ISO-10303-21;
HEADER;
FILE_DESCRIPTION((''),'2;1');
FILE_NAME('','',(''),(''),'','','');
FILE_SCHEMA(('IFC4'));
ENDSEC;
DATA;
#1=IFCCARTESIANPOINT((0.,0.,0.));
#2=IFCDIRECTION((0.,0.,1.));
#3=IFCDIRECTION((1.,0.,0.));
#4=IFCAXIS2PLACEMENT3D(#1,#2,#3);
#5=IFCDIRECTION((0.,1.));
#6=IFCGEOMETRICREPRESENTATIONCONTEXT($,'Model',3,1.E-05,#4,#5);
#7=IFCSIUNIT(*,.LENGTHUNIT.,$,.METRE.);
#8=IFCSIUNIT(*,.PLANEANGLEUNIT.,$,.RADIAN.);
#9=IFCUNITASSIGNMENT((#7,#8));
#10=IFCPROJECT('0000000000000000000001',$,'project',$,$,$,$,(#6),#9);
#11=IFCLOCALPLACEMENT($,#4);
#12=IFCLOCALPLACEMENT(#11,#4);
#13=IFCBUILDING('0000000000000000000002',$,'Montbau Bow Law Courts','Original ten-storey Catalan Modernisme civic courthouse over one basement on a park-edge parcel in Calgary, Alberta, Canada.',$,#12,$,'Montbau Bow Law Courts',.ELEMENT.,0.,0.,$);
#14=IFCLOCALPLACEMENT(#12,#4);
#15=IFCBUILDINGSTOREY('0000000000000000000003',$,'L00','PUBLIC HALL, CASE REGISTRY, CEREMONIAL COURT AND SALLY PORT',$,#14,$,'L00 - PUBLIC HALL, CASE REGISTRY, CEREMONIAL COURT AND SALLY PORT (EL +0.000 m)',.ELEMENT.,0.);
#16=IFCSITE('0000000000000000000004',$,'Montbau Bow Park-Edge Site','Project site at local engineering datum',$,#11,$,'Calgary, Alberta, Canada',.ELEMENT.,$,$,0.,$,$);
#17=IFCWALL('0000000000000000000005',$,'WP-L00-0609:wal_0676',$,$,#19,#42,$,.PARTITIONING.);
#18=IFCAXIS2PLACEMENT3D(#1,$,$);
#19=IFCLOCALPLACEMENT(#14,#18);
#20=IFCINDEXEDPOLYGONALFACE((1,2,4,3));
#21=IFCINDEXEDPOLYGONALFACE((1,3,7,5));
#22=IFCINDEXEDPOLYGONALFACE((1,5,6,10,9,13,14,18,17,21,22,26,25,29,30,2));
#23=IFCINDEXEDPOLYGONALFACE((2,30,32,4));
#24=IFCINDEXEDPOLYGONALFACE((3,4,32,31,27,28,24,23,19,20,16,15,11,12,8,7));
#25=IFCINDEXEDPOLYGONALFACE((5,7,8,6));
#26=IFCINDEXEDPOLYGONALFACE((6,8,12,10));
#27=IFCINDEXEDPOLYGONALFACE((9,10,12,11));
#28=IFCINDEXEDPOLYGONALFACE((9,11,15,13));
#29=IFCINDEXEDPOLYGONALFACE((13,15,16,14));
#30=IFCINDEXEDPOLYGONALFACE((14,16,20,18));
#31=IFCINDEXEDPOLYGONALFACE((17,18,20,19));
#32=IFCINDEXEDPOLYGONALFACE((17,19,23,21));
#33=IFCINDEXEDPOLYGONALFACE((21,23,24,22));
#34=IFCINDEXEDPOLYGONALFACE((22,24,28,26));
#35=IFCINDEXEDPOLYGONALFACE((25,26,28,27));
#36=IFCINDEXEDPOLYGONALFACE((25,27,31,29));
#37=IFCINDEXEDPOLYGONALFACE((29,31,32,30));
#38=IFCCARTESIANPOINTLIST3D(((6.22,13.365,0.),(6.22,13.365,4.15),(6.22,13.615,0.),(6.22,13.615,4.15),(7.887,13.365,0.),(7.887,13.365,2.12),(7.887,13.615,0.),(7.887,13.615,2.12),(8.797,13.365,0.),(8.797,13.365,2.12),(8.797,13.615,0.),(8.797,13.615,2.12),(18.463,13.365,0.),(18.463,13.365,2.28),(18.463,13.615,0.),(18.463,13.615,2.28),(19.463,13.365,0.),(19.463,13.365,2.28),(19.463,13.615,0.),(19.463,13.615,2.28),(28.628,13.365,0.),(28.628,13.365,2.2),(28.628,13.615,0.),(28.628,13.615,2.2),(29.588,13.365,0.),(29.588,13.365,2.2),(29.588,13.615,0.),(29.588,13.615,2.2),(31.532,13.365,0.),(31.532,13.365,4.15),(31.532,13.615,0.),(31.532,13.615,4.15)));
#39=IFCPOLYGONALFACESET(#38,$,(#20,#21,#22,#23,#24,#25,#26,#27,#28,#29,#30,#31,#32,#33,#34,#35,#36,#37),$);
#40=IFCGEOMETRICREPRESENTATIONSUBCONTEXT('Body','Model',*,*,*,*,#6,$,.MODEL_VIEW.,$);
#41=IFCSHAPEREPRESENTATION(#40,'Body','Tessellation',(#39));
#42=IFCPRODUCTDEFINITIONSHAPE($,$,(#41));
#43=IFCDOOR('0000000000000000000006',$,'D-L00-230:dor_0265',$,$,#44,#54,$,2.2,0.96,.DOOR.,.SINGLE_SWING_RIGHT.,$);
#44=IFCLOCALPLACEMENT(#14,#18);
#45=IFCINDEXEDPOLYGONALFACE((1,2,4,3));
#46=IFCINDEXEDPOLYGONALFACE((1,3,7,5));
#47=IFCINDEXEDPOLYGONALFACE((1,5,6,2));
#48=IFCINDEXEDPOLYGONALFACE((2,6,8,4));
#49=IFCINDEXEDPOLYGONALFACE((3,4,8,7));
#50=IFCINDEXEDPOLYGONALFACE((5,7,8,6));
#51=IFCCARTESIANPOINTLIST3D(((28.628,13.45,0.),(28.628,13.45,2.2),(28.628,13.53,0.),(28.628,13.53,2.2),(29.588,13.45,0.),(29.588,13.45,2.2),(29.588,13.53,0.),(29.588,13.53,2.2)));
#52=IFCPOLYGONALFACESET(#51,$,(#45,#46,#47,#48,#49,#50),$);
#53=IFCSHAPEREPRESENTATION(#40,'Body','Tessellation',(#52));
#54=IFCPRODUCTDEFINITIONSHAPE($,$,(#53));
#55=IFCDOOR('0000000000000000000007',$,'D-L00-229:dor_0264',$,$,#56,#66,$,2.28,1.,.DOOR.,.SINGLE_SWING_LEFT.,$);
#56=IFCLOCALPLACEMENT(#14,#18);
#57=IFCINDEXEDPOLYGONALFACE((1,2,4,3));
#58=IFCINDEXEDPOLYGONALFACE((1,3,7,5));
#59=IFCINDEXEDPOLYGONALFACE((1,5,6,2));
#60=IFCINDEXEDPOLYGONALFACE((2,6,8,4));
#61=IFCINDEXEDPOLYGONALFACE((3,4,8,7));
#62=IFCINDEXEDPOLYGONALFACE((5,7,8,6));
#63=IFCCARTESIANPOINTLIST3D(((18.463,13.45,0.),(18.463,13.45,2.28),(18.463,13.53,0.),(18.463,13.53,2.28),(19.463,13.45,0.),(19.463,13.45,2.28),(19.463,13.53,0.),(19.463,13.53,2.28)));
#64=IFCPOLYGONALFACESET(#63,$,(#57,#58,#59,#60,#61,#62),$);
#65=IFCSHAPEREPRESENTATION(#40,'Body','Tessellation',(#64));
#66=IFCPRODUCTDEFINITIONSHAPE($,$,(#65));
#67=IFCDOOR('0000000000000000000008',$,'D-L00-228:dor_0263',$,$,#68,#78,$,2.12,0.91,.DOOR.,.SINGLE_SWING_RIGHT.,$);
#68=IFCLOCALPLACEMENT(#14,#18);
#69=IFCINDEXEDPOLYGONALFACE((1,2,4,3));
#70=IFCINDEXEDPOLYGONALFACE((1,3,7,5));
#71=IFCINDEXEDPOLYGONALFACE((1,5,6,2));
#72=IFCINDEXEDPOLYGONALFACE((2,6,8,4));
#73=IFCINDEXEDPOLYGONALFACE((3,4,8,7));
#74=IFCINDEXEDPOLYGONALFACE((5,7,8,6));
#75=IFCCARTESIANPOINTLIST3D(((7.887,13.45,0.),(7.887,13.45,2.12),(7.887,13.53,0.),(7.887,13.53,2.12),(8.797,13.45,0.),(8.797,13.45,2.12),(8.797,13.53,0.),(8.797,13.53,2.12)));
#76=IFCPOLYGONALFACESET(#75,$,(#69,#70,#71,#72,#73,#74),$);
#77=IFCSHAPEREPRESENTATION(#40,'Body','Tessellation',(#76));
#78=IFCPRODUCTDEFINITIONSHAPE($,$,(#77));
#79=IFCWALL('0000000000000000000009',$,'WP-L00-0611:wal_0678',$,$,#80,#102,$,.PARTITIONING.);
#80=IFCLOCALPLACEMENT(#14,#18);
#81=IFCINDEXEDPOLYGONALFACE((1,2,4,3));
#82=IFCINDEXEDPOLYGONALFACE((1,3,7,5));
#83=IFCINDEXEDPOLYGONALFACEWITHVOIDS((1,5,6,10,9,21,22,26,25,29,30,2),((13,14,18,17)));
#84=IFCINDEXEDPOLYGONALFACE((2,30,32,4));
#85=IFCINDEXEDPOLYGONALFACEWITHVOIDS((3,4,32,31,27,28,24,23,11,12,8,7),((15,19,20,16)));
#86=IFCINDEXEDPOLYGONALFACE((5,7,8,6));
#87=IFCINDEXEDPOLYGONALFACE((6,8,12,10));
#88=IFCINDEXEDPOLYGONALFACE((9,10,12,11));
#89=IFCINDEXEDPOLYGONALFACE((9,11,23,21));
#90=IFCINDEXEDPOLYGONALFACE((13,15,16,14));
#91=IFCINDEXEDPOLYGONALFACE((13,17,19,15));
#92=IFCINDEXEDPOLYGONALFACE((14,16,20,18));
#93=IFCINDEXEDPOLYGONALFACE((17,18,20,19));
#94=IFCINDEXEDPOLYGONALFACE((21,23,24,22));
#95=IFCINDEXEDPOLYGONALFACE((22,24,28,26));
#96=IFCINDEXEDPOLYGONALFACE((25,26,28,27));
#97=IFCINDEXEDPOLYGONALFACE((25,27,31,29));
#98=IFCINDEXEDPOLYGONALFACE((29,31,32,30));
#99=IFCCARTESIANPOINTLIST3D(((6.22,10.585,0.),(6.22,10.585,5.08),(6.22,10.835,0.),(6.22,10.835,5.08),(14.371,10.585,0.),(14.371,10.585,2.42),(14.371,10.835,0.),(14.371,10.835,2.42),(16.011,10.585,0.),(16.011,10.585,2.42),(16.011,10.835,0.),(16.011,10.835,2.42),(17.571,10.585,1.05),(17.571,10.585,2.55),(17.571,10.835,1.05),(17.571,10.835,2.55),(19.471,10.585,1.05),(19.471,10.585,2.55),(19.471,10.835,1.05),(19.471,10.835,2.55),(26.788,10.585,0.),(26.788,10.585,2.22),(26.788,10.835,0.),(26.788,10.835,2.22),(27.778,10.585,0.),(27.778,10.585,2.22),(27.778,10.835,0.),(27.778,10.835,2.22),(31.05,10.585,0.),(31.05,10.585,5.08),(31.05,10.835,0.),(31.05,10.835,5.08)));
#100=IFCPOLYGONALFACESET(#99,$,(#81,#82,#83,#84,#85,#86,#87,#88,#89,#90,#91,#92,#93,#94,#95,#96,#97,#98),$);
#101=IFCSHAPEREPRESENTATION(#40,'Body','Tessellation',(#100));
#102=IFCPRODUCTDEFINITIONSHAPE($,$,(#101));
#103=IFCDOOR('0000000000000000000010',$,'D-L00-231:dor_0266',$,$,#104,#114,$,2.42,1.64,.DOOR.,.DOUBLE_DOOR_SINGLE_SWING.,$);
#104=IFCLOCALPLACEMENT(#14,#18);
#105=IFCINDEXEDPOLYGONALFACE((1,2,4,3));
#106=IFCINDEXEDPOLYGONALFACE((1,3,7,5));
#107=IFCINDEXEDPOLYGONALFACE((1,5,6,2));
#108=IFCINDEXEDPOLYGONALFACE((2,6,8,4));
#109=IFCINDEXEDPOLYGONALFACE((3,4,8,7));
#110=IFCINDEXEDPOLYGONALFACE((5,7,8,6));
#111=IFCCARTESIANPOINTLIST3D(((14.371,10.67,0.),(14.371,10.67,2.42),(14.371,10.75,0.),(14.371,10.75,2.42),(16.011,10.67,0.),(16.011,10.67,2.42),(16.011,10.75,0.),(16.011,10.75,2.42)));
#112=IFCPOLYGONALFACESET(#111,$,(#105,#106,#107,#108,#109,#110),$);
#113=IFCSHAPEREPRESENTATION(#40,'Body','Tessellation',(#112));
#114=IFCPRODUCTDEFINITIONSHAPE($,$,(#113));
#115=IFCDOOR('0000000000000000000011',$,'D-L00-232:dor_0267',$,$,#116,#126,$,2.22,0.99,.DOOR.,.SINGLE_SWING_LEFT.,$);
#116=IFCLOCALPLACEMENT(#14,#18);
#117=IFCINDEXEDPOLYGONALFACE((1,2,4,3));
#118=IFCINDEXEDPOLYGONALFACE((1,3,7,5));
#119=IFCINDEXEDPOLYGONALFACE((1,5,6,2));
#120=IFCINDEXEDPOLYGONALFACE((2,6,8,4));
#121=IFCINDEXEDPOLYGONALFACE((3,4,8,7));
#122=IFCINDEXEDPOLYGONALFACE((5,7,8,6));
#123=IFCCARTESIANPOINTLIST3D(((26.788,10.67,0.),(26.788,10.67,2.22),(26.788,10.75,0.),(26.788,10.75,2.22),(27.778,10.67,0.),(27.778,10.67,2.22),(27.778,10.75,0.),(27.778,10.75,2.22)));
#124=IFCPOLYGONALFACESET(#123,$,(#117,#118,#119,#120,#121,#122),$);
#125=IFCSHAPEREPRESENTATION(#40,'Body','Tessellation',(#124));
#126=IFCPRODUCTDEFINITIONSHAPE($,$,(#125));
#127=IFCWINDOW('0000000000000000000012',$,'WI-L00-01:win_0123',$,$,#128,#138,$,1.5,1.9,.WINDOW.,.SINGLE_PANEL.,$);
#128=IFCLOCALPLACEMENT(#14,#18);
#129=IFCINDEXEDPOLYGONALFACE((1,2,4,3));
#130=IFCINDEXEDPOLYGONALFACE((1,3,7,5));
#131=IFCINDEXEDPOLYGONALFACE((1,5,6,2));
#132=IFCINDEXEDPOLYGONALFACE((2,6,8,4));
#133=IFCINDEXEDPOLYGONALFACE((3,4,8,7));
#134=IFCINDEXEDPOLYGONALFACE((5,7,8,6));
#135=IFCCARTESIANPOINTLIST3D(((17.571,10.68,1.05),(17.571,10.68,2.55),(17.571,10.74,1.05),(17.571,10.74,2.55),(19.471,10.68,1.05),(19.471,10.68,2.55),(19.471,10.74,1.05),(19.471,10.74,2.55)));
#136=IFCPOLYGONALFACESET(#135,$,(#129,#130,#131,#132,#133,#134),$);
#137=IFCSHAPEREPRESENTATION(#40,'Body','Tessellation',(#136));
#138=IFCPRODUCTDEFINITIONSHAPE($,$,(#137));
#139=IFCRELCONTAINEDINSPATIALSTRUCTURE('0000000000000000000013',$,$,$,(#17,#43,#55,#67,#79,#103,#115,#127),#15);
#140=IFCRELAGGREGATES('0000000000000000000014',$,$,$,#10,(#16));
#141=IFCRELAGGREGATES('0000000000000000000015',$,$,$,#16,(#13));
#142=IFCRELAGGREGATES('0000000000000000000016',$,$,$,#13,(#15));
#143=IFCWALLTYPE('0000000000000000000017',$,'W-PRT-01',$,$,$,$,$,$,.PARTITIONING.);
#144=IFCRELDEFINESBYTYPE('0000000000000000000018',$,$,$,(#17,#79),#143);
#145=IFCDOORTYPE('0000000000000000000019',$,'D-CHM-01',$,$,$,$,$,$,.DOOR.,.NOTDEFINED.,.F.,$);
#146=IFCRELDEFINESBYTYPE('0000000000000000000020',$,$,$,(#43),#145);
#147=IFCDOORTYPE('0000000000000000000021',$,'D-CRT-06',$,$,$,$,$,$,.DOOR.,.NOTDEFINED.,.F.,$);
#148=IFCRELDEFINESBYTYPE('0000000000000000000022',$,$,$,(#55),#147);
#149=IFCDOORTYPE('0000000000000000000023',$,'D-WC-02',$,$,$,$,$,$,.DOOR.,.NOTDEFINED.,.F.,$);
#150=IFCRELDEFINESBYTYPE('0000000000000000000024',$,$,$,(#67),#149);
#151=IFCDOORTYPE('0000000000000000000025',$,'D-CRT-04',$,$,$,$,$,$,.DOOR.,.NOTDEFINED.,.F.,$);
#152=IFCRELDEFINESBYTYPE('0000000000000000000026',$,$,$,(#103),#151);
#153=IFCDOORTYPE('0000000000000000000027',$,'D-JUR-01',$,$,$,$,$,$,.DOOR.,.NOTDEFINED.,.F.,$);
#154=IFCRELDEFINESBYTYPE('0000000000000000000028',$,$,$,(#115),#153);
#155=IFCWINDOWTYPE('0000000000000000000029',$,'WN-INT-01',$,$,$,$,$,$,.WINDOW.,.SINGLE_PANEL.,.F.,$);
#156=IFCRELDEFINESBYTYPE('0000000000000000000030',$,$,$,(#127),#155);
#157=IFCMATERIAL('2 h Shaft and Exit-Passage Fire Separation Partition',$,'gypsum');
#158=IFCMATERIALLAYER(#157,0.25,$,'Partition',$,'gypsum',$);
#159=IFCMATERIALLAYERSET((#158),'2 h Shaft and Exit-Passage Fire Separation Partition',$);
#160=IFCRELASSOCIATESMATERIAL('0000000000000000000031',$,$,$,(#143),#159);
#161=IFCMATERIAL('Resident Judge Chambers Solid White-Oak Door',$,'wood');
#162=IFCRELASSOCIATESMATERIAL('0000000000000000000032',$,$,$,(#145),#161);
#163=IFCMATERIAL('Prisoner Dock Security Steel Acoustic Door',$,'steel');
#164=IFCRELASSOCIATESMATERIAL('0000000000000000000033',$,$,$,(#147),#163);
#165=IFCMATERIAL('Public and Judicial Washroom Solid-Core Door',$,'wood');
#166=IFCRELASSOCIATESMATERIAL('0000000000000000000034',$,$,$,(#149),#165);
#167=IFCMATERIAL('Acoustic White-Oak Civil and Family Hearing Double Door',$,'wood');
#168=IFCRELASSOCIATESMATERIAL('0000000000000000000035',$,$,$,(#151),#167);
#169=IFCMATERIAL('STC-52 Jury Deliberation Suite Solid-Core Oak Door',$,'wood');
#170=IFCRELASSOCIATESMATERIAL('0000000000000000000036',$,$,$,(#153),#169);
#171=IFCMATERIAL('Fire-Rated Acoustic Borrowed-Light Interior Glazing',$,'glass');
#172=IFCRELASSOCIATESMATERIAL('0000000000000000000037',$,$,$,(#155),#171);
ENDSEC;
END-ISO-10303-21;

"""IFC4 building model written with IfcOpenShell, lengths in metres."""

from ifc_helpers import new_model, si_unit, direction, frame, frame_2d, origin_with_axes, place, context, subcontext, project, spatial, rectangle, extrude, material, layer, layer_set, type_object, element, fill, save


model = new_model("IFC4")

# Units and contexts
model_context = context("Model", 3, precision=1e-05, world=origin_with_axes(), true_north=direction((0.0, 1.0)))
body_context = subcontext(model_context, "Body", "Model", "MODEL_VIEW")
ifc_project = project(units=[si_unit("LENGTHUNIT", "METRE"), si_unit("PLANEANGLEUNIT", "RADIAN")], contexts=[model_context])

# Site, building, storey
site_placement = place(None, origin_with_axes())
site = spatial("IfcSite", under=ifc_project, at=site_placement, Name="Montbau Bow Park-Edge Site", Description="Project site at local engineering datum", LongName="Calgary, Alberta, Canada", CompositionType="ELEMENT", RefElevation=0.0)
building_placement = place(site_placement, origin_with_axes())
building = spatial("IfcBuilding", under=site, at=building_placement, Name="Montbau Bow Law Courts", Description="Original ten-storey Catalan Modernisme civic courthouse over one basement on a park-edge parcel in Calgary, Alberta, Canada.", LongName="Montbau Bow Law Courts", CompositionType="ELEMENT", ElevationOfRefHeight=0.0, ElevationOfTerrain=0.0)
storey_placement = place(building_placement, origin_with_axes())
storey = spatial("IfcBuildingStorey", under=building, at=storey_placement, Name="L00", Description="PUBLIC HALL, CASE REGISTRY, CEREMONIAL COURT AND SALLY PORT", LongName="L00 - PUBLIC HALL, CASE REGISTRY, CEREMONIAL COURT AND SALLY PORT (EL +0.000 m)", CompositionType="ELEMENT", Elevation=0.0)

# Wall, openings, doors
ifc_material_1 = material(Name="2 h Shaft and Exit-Passage Fire Separation Partition", Category="gypsum")
ifc_layer_1 = layer(ifc_material_1, 0.25, Name="Partition", Category="gypsum")
ifc_layer_set_1 = layer_set([ifc_layer_1], Name="2 h Shaft and Exit-Passage Fire Separation Partition")
wall_type_1 = type_object("IfcWallType", Name="W-PRT-01", PredefinedType="PARTITIONING", material=ifc_layer_set_1)
wall_1_placement = place(None, frame((6.22, 13.49, 0.0), z_axis=(0.0, 0.0, 1.0), x_axis=(1.0, 0.0, 0.0)))
wall_1 = element("IfcWall", 1, at=wall_1_placement, inside=storey, type_object=wall_type_1, Name="WP-L00-0609:wal_0676", PredefinedType="PARTITIONING", context=body_context, shape_type="SweptSolid", body=[
    extrude(rectangle(XDim=25.312, YDim=0.25, at=frame_2d((12.656, 0.0), x_axis=(1.0, 0.0))), origin_with_axes(), (0.0, 0.0, 1.0), 4.15),
])
opening_1_placement = place(None, frame((8.342, 13.49, 0.0), z_axis=(0.0, 0.0, 1.0), x_axis=(1.0, 0.0, 0.0)))
opening_1 = element("IfcOpeningElement", 2, at=opening_1_placement, cuts=wall_1, PredefinedType="OPENING", context=body_context, shape_type="SweptSolid", body=[
    extrude(rectangle(XDim=0.91, YDim=2.12, at=frame_2d((0.0, 1.06), x_axis=(1.0, 0.0))), frame((0.0, 0.135, 0.0), z_axis=(0.0, -1.0, 0.0), x_axis=(1.0, 0.0, 0.0)), (0.0, 0.0, 1.0), 0.27),
])
opening_2_placement = place(None, frame((18.963, 13.49, 0.0), z_axis=(0.0, 0.0, 1.0), x_axis=(1.0, 0.0, 0.0)))
opening_2 = element("IfcOpeningElement", 3, at=opening_2_placement, cuts=wall_1, PredefinedType="OPENING", context=body_context, shape_type="SweptSolid", body=[
    extrude(rectangle(XDim=1.0, YDim=2.28, at=frame_2d((0.0, 1.14), x_axis=(1.0, 0.0))), frame((0.0, 0.135, 0.0), z_axis=(0.0, -1.0, 0.0), x_axis=(1.0, 0.0, 0.0)), (0.0, 0.0, 1.0), 0.27),
])
opening_3_placement = place(None, frame((29.108, 13.49, 0.0), z_axis=(0.0, 0.0, 1.0), x_axis=(1.0, 0.0, 0.0)))
opening_3 = element("IfcOpeningElement", 4, at=opening_3_placement, cuts=wall_1, PredefinedType="OPENING", context=body_context, shape_type="SweptSolid", body=[
    extrude(rectangle(XDim=0.96, YDim=2.2, at=frame_2d((0.0, 1.1), x_axis=(1.0, 0.0))), frame((0.0, 0.135, 0.0), z_axis=(0.0, -1.0, 0.0), x_axis=(1.0, 0.0, 0.0)), (0.0, 0.0, 1.0), 0.27),
])
ifc_material_2 = material(Name="Resident Judge Chambers Solid White-Oak Door", Category="wood")
door_type_1 = type_object("IfcDoorType", Name="D-CHM-01", OperationType="NOTDEFINED", ParameterTakesPrecedence=False, PredefinedType="DOOR", material=ifc_material_2)
door_1_placement = place(None, frame((29.108, 13.49, 0.0), z_axis=(0.0, 0.0, 1.0), x_axis=(-1.0, 0.0, 0.0)))
door_1 = element("IfcDoor", 5, at=door_1_placement, inside=storey, type_object=door_type_1, Name="D-L00-230:dor_0265", OperationType="SINGLE_SWING_RIGHT", OverallHeight=2.2, OverallWidth=0.96, PredefinedType="DOOR", context=body_context, shape_type="SweptSolid", body=[
    extrude(rectangle(XDim=0.96, YDim=2.2, at=frame_2d((0.0, 1.1), x_axis=(1.0, 0.0))), frame((0.0, 0.04, 0.0), z_axis=(0.0, -1.0, 0.0), x_axis=(1.0, 0.0, 0.0)), (0.0, 0.0, 1.0), 0.08),
])
fill(opening_3, door_1)
ifc_material_3 = material(Name="Prisoner Dock Security Steel Acoustic Door", Category="steel")
door_type_2 = type_object("IfcDoorType", Name="D-CRT-06", OperationType="NOTDEFINED", ParameterTakesPrecedence=False, PredefinedType="DOOR", material=ifc_material_3)
door_2_placement = place(None, frame((18.963, 13.49, 0.0), z_axis=(0.0, 0.0, 1.0), x_axis=(-1.0, 0.0, 0.0)))
door_2 = element("IfcDoor", 6, at=door_2_placement, inside=storey, type_object=door_type_2, Name="D-L00-229:dor_0264", OperationType="SINGLE_SWING_LEFT", OverallHeight=2.28, OverallWidth=1.0, PredefinedType="DOOR", context=body_context, shape_type="SweptSolid", body=[
    extrude(rectangle(XDim=1.0, YDim=2.28, at=frame_2d((0.0, 1.14), x_axis=(1.0, 0.0))), frame((0.0, 0.04, 0.0), z_axis=(0.0, -1.0, 0.0), x_axis=(1.0, 0.0, 0.0)), (0.0, 0.0, 1.0), 0.08),
])
fill(opening_2, door_2)
ifc_material_4 = material(Name="Public and Judicial Washroom Solid-Core Door", Category="wood")
door_type_3 = type_object("IfcDoorType", Name="D-WC-02", OperationType="NOTDEFINED", ParameterTakesPrecedence=False, PredefinedType="DOOR", material=ifc_material_4)
door_3_placement = place(None, frame((8.342, 13.49, 0.0), z_axis=(0.0, 0.0, 1.0), x_axis=(-1.0, 0.0, 0.0)))
door_3 = element("IfcDoor", 7, at=door_3_placement, inside=storey, type_object=door_type_3, Name="D-L00-228:dor_0263", OperationType="SINGLE_SWING_RIGHT", OverallHeight=2.12, OverallWidth=0.91, PredefinedType="DOOR", context=body_context, shape_type="SweptSolid", body=[
    extrude(rectangle(XDim=0.91, YDim=2.12, at=frame_2d((0.0, 1.06), x_axis=(1.0, 0.0))), frame((0.0, 0.04, 0.0), z_axis=(0.0, -1.0, 0.0), x_axis=(1.0, 0.0, 0.0)), (0.0, 0.0, 1.0), 0.08),
])
fill(opening_1, door_3)

# Wall, openings, doors, window
wall_2_placement = place(None, frame((6.22, 10.71, 0.0), z_axis=(0.0, 0.0, 1.0), x_axis=(1.0, 0.0, 0.0)))
wall_2 = element("IfcWall", 8, at=wall_2_placement, inside=storey, type_object=wall_type_1, Name="WP-L00-0611:wal_0678", PredefinedType="PARTITIONING", context=body_context, shape_type="SweptSolid", body=[
    extrude(rectangle(XDim=24.83, YDim=0.25, at=frame_2d((12.415, 0.0), x_axis=(1.0, 0.0))), origin_with_axes(), (0.0, 0.0, 1.0), 5.08),
])
opening_4_placement = place(None, frame((15.191, 10.71, 0.0), z_axis=(0.0, 0.0, 1.0), x_axis=(1.0, 0.0, 0.0)))
opening_4 = element("IfcOpeningElement", 9, at=opening_4_placement, cuts=wall_2, PredefinedType="OPENING", context=body_context, shape_type="SweptSolid", body=[
    extrude(rectangle(XDim=1.64, YDim=2.42, at=frame_2d((0.0, 1.21), x_axis=(1.0, 0.0))), frame((0.0, 0.135, 0.0), z_axis=(0.0, -1.0, 0.0), x_axis=(1.0, 0.0, 0.0)), (0.0, 0.0, 1.0), 0.27),
])
opening_5_placement = place(None, frame((27.283, 10.71, 0.0), z_axis=(0.0, 0.0, 1.0), x_axis=(1.0, 0.0, 0.0)))
opening_5 = element("IfcOpeningElement", 10, at=opening_5_placement, cuts=wall_2, PredefinedType="OPENING", context=body_context, shape_type="SweptSolid", body=[
    extrude(rectangle(XDim=0.99, YDim=2.22, at=frame_2d((0.0, 1.11), x_axis=(1.0, 0.0))), frame((0.0, 0.135, 0.0), z_axis=(0.0, -1.0, 0.0), x_axis=(1.0, 0.0, 0.0)), (0.0, 0.0, 1.0), 0.27),
])
opening_6_placement = place(None, frame((18.521, 10.71, 1.05), z_axis=(0.0, 0.0, 1.0), x_axis=(1.0, 0.0, 0.0)))
opening_6 = element("IfcOpeningElement", 11, at=opening_6_placement, cuts=wall_2, PredefinedType="OPENING", context=body_context, shape_type="SweptSolid", body=[
    extrude(rectangle(XDim=1.9, YDim=1.5, at=frame_2d((0.0, 0.75), x_axis=(1.0, 0.0))), frame((0.0, 0.135, 0.0), z_axis=(0.0, -1.0, 0.0), x_axis=(1.0, 0.0, 0.0)), (0.0, 0.0, 1.0), 0.27),
])
ifc_material_5 = material(Name="Acoustic White-Oak Civil and Family Hearing Double Door", Category="wood")
door_type_4 = type_object("IfcDoorType", Name="D-CRT-04", OperationType="NOTDEFINED", ParameterTakesPrecedence=False, PredefinedType="DOOR", material=ifc_material_5)
door_4_placement = place(None, frame((15.191, 10.71, 0.0), z_axis=(0.0, 0.0, 1.0), x_axis=(1.0, 0.0, 0.0)))
door_4 = element("IfcDoor", 12, at=door_4_placement, inside=storey, type_object=door_type_4, Name="D-L00-231:dor_0266", OperationType="DOUBLE_DOOR_SINGLE_SWING", OverallHeight=2.42, OverallWidth=1.64, PredefinedType="DOOR", context=body_context, shape_type="SweptSolid", body=[
    extrude(rectangle(XDim=1.64, YDim=2.42, at=frame_2d((0.0, 1.21), x_axis=(1.0, 0.0))), frame((0.0, 0.04, 0.0), z_axis=(0.0, -1.0, 0.0), x_axis=(1.0, 0.0, 0.0)), (0.0, 0.0, 1.0), 0.08),
])
fill(opening_4, door_4)
ifc_material_6 = material(Name="STC-52 Jury Deliberation Suite Solid-Core Oak Door", Category="wood")
door_type_5 = type_object("IfcDoorType", Name="D-JUR-01", OperationType="NOTDEFINED", ParameterTakesPrecedence=False, PredefinedType="DOOR", material=ifc_material_6)
door_5_placement = place(None, frame((27.283, 10.71, 0.0), z_axis=(0.0, 0.0, 1.0), x_axis=(1.0, 0.0, 0.0)))
door_5 = element("IfcDoor", 13, at=door_5_placement, inside=storey, type_object=door_type_5, Name="D-L00-232:dor_0267", OperationType="SINGLE_SWING_LEFT", OverallHeight=2.22, OverallWidth=0.99, PredefinedType="DOOR", context=body_context, shape_type="SweptSolid", body=[
    extrude(rectangle(XDim=0.99, YDim=2.22, at=frame_2d((0.0, 1.11), x_axis=(1.0, 0.0))), frame((0.0, 0.04, 0.0), z_axis=(0.0, -1.0, 0.0), x_axis=(1.0, 0.0, 0.0)), (0.0, 0.0, 1.0), 0.08),
])
fill(opening_5, door_5)
ifc_material_7 = material(Name="Fire-Rated Acoustic Borrowed-Light Interior Glazing", Category="glass")
window_type_1 = type_object("IfcWindowType", Name="WN-INT-01", ParameterTakesPrecedence=False, PartitioningType="SINGLE_PANEL", PredefinedType="WINDOW", material=ifc_material_7)
window_1_placement = place(None, frame((18.521, 10.71, 1.05), z_axis=(0.0, 0.0, 1.0), x_axis=(1.0, 0.0, 0.0)))
window_1 = element("IfcWindow", 14, at=window_1_placement, inside=storey, type_object=window_type_1, Name="WI-L00-01:win_0123", OverallHeight=1.5, OverallWidth=1.9, PartitioningType="SINGLE_PANEL", PredefinedType="WINDOW", context=body_context, shape_type="SweptSolid", body=[
    extrude(rectangle(XDim=1.9, YDim=1.5, at=frame_2d((0.0, 0.75), x_axis=(1.0, 0.0))), frame((0.0, 0.03, 0.0), z_axis=(0.0, -1.0, 0.0), x_axis=(1.0, 0.0, 0.0)), (0.0, 0.0, 1.0), 0.06),
])
fill(opening_6, window_1)

save(model, "model.ifc")
